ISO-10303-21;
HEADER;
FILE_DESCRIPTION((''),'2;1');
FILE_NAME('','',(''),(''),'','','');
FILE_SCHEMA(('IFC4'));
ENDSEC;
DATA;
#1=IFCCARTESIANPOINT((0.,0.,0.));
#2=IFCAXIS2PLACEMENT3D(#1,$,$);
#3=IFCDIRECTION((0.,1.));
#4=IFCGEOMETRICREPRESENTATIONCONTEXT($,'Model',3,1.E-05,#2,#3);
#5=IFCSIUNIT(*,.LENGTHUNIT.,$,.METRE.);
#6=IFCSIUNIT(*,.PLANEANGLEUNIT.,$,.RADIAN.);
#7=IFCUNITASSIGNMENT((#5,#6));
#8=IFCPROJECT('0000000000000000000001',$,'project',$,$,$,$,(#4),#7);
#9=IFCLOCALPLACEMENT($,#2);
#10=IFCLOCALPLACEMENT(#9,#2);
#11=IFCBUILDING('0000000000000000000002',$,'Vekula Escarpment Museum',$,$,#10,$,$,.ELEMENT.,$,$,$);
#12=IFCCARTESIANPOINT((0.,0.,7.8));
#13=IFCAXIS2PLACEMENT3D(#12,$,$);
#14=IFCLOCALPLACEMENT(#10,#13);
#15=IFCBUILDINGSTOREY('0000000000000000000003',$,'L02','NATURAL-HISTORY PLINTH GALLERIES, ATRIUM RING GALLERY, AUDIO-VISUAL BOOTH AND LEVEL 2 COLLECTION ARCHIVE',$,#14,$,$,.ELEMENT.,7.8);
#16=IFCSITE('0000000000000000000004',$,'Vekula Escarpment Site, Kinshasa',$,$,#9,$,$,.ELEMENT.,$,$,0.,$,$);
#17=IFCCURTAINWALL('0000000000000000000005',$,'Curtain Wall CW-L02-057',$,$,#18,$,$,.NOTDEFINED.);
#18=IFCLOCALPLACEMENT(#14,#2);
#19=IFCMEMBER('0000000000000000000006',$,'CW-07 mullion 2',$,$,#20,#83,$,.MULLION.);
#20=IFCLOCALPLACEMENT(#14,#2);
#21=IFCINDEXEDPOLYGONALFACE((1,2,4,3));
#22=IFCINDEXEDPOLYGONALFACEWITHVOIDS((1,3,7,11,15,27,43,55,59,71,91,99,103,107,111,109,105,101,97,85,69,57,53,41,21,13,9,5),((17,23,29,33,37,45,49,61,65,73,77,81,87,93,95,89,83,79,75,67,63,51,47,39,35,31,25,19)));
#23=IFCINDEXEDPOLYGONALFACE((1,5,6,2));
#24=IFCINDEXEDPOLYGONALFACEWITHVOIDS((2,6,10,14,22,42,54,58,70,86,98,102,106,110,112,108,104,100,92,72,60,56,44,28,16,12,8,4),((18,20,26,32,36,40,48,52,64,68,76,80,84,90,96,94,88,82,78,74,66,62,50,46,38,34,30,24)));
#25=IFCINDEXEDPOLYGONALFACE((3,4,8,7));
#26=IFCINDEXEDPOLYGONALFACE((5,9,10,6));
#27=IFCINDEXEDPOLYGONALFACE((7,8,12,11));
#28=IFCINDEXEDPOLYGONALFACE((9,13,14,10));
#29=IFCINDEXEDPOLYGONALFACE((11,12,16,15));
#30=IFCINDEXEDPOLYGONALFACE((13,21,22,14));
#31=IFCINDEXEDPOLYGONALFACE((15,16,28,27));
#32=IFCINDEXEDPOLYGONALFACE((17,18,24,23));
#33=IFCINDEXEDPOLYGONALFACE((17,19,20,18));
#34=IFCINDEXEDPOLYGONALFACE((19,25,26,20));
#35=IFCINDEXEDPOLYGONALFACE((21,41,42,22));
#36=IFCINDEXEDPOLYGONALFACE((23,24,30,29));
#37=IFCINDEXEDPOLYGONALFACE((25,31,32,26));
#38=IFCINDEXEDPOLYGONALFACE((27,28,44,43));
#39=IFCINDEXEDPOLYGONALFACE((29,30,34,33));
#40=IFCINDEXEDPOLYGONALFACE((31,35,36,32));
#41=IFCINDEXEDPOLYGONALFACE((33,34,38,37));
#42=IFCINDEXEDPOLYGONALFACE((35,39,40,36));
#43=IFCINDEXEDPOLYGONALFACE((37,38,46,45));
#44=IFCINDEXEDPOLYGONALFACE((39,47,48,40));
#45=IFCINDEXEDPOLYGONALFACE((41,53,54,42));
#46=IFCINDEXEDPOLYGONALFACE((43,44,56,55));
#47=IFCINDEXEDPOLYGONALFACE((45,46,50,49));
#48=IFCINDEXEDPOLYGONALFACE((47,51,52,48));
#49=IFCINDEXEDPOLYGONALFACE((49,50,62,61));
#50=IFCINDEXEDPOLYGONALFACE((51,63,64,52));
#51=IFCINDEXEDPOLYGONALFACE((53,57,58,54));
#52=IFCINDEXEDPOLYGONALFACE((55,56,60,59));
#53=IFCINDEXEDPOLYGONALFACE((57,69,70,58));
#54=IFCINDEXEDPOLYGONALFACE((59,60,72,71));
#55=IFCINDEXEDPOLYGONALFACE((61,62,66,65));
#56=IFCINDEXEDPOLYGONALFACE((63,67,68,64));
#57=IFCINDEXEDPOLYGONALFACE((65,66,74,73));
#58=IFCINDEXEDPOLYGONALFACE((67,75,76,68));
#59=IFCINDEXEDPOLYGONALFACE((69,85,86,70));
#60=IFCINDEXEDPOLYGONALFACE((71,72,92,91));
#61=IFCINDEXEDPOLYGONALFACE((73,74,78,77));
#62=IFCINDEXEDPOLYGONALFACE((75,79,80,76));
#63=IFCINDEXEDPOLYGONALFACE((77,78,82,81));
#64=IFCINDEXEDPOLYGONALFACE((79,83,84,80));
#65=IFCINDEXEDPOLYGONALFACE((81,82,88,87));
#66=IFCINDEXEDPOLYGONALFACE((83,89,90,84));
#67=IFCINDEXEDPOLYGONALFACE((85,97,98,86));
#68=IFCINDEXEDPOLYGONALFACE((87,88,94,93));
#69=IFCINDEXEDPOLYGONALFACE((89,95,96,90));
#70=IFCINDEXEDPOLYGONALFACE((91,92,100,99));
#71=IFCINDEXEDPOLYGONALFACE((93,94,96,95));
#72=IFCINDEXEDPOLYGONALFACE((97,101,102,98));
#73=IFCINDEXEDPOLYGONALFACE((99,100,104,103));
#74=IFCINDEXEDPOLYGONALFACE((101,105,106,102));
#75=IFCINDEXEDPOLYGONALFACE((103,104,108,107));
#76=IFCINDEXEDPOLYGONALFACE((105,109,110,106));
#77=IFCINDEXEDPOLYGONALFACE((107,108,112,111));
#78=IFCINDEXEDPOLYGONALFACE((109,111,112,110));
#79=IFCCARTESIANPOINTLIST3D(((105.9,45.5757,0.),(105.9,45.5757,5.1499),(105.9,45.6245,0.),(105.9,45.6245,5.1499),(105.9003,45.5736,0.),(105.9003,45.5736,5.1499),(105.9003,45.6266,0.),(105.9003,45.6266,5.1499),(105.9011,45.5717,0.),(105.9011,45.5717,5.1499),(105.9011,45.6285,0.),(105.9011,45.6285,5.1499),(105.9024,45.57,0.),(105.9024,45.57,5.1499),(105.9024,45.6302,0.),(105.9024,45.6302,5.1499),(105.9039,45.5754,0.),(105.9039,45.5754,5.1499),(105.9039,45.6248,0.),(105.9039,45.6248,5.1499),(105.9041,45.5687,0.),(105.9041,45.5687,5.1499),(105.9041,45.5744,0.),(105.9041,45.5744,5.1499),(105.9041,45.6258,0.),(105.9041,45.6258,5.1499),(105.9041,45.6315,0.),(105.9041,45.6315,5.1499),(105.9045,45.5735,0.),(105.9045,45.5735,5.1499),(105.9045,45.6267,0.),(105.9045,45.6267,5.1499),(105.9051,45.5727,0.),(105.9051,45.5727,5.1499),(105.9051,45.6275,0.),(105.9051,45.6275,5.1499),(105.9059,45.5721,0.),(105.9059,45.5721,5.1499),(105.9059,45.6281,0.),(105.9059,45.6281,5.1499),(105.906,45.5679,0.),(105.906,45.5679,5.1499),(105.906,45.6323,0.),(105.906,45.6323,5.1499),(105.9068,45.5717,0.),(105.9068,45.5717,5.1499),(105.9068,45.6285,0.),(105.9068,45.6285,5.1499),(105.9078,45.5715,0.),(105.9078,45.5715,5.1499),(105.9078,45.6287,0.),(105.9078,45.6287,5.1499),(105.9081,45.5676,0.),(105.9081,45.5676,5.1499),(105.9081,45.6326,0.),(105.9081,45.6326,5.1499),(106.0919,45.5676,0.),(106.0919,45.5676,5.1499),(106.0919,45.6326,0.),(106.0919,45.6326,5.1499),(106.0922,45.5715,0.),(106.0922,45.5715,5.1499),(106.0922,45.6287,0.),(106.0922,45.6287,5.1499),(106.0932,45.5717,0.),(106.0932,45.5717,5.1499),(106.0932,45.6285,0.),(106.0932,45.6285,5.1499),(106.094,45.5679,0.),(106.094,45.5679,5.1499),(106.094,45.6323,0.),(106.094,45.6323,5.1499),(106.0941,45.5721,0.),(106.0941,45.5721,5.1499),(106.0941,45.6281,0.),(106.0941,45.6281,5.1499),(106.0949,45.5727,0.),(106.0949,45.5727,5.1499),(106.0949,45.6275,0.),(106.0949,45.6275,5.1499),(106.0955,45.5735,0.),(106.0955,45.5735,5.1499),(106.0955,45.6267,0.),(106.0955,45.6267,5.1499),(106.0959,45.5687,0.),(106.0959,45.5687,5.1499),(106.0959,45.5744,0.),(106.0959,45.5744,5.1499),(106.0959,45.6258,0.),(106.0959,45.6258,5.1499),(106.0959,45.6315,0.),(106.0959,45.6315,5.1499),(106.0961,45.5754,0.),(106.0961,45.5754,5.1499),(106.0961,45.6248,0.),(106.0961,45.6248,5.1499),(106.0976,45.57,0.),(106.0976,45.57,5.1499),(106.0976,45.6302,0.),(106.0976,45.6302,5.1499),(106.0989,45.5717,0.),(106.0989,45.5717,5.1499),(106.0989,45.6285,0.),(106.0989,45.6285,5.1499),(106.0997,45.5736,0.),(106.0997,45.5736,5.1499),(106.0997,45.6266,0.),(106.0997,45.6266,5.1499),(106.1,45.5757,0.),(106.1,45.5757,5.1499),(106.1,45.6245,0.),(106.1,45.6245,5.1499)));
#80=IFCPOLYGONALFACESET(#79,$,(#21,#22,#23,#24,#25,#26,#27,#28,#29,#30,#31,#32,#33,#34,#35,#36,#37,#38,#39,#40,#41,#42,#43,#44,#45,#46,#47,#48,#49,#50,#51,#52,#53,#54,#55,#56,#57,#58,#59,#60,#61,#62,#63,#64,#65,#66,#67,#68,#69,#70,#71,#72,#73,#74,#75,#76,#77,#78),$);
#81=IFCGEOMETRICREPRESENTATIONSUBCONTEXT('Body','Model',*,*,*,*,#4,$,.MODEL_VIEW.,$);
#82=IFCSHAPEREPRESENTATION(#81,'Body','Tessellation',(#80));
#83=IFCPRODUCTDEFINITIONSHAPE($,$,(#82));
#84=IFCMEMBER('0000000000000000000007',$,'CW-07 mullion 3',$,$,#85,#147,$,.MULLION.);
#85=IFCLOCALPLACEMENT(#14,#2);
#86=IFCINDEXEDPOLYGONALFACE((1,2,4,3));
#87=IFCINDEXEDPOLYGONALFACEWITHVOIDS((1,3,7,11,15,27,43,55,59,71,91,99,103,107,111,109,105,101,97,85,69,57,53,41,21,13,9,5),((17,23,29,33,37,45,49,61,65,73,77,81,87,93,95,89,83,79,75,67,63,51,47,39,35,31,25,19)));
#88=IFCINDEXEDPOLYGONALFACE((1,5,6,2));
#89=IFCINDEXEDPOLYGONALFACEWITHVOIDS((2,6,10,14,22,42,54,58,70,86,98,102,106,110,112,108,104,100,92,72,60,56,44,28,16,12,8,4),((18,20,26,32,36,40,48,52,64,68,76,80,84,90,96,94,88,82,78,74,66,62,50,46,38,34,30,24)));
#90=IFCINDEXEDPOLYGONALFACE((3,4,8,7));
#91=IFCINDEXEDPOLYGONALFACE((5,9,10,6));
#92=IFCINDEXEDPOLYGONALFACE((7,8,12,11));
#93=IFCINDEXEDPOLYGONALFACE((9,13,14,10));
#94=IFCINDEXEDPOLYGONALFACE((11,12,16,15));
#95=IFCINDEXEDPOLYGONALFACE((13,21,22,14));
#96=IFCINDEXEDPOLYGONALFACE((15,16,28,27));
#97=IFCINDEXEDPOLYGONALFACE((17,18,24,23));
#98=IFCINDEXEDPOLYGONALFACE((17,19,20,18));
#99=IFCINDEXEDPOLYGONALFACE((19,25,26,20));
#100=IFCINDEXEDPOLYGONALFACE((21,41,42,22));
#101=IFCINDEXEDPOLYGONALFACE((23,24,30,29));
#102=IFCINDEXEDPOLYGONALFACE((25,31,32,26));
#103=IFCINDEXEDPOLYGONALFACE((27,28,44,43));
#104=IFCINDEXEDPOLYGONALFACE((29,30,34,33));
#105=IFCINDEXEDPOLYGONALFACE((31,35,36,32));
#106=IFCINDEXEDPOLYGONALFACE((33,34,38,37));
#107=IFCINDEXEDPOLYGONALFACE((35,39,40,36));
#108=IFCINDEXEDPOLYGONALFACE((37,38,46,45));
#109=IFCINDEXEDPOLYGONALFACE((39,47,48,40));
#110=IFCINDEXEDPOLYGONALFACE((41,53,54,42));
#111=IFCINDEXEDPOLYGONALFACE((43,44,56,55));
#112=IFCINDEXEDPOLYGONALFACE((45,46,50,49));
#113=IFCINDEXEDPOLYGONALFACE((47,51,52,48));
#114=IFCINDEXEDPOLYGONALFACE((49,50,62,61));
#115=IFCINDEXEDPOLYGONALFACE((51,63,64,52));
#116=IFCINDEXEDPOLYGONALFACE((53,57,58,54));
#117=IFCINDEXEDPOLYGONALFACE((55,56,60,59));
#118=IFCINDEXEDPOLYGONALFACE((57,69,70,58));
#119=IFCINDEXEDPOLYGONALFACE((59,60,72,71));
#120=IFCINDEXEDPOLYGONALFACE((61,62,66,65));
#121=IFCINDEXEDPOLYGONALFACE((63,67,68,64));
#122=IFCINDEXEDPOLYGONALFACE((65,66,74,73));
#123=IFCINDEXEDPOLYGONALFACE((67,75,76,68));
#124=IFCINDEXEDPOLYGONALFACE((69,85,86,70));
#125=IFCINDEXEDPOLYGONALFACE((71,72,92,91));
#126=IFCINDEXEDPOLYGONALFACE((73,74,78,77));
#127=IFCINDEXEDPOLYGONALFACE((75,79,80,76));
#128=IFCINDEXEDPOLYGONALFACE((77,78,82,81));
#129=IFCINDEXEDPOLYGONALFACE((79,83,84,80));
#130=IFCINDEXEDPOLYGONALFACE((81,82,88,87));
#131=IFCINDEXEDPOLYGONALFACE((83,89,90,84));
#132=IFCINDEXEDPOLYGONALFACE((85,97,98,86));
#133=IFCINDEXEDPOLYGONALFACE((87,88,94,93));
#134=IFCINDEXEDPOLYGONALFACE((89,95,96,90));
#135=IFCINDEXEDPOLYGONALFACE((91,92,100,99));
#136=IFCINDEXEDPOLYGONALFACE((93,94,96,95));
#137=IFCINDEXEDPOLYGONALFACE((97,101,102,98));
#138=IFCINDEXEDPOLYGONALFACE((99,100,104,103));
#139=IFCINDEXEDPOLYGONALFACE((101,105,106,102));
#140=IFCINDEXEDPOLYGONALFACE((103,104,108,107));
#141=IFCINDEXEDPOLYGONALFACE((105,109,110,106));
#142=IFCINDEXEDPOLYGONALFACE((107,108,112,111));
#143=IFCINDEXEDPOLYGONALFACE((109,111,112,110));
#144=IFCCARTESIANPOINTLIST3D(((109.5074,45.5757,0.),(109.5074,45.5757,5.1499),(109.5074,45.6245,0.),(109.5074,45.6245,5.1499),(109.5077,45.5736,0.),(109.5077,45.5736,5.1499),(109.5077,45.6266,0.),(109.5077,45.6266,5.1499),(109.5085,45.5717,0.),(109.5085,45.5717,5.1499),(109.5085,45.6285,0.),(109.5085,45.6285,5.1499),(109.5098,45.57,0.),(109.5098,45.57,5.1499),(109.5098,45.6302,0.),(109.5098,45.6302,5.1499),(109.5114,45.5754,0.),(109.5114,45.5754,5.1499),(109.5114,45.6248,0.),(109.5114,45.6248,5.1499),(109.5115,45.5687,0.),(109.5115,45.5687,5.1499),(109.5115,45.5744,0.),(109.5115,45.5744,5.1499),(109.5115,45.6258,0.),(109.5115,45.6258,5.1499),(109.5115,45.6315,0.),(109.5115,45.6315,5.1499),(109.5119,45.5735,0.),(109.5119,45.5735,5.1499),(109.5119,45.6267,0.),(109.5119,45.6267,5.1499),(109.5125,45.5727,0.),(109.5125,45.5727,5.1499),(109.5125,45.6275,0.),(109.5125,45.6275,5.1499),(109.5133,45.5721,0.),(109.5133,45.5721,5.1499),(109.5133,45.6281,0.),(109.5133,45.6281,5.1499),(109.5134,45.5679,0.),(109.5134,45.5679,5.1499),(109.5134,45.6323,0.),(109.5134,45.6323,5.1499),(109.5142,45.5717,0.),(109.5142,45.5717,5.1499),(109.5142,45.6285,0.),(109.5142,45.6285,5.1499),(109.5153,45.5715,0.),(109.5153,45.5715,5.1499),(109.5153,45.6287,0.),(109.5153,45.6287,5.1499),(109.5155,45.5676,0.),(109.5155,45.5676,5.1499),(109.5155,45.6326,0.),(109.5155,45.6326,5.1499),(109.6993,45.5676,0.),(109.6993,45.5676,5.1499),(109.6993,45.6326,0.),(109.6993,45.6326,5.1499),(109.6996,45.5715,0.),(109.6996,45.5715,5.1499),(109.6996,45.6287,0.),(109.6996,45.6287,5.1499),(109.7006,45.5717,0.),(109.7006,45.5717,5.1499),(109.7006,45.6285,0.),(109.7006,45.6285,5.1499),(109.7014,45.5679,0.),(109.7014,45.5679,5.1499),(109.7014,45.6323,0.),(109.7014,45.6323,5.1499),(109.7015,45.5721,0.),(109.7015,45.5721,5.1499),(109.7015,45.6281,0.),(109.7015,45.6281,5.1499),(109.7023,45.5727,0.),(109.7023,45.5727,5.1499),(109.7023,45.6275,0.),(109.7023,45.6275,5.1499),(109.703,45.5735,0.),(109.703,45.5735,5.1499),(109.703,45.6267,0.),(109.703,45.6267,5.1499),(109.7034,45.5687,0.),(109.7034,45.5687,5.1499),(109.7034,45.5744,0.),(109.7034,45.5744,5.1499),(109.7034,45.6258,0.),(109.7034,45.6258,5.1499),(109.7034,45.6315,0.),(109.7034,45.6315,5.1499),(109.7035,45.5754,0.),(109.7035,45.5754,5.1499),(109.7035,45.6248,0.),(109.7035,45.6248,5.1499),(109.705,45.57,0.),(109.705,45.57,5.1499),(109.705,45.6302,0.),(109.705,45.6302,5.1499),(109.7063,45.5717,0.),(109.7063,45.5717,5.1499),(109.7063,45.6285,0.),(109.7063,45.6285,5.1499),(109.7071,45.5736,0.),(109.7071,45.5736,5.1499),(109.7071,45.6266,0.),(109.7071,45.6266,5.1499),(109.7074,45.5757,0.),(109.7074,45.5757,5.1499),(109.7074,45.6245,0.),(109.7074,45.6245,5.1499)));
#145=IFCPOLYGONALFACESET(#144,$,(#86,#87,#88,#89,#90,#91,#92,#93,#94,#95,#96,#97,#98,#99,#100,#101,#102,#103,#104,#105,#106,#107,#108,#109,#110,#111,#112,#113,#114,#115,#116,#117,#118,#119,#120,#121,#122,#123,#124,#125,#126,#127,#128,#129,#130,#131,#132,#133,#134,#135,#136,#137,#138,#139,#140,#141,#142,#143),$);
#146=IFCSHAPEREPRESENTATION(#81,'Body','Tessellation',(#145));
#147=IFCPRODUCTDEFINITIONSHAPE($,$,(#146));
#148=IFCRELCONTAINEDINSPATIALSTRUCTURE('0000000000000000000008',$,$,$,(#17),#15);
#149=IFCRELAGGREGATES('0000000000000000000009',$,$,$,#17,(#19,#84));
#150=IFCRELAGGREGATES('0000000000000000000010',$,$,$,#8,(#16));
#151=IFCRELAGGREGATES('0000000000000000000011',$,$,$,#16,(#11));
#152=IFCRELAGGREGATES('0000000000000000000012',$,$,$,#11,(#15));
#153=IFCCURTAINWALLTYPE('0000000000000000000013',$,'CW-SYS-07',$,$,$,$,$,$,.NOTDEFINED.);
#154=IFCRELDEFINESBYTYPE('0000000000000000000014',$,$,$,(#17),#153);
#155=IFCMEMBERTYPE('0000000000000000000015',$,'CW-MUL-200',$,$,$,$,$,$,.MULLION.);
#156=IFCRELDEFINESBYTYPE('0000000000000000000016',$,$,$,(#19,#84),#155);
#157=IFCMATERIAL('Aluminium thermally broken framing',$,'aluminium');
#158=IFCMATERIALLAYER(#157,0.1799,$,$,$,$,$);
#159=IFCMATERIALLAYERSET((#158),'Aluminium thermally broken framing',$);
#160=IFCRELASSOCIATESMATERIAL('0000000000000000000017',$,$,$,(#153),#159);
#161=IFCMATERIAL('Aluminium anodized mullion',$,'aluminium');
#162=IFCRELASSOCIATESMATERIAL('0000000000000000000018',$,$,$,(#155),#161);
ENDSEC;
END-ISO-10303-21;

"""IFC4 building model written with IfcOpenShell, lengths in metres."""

from ifc_helpers import new_model, si_unit, direction, frame, origin, origin_2d, place, context, subcontext, project, spatial, hollow_rectangle, extrude, material, layer, layer_set, material_profile, profile_set, type_object, element, aggregate, save


model = new_model("IFC4")

# Units and contexts
model_context = context("Model", 3, precision=1e-05, world=origin(), true_north=direction((0.0, 1.0)))
body_context = subcontext(model_context, "Body", "Model", "MODEL_VIEW")
ifc_project = project(units=[si_unit("LENGTHUNIT", "METRE"), si_unit("PLANEANGLEUNIT", "RADIAN")], contexts=[model_context])

# Site, building, storey
site_placement = place(None, origin())
site = spatial("IfcSite", under=ifc_project, at=site_placement, Name="Vekula Escarpment Site, Kinshasa", CompositionType="ELEMENT", RefElevation=0.0)
building_placement = place(site_placement, origin())
building = spatial("IfcBuilding", under=site, at=building_placement, Name="Vekula Escarpment Museum", CompositionType="ELEMENT")
storey_placement = place(building_placement, frame((0.0, 0.0, 7.8)))
storey = spatial("IfcBuildingStorey", under=building, at=storey_placement, Name="L02", Description="NATURAL-HISTORY PLINTH GALLERIES, ATRIUM RING GALLERY, AUDIO-VISUAL BOOTH AND LEVEL 2 COLLECTION ARCHIVE", CompositionType="ELEMENT", Elevation=7.8)

# Curtain wall, members
ifc_material_1 = material(Name="Aluminium thermally broken framing", Category="aluminium")
ifc_layer_1 = layer(ifc_material_1, 0.1799)
ifc_layer_set_1 = layer_set([ifc_layer_1], Name="Aluminium thermally broken framing")
curtain_wall_type = type_object("IfcCurtainWallType", Name="CW-SYS-07", PredefinedType="NOTDEFINED", material=ifc_layer_set_1)
curtain_wall_placement = place(storey_placement, origin())
curtain_wall = element("IfcCurtainWall", 1, at=curtain_wall_placement, inside=storey, type_object=curtain_wall_type, Name="Curtain Wall CW-L02-057", PredefinedType="NOTDEFINED")
ifc_material_2 = material(Name="Aluminium anodized mullion", Category="aluminium")
ifc_material_profile_1 = material_profile(ifc_material_2, hollow_rectangle(XDim=0.0649, YDim=0.2, WallThickness=0.0039, InnerFilletRadius=0.0039, OuterFilletRadius=0.0081, at=origin_2d()), Name="ALU 200x65x4")
ifc_profile_set_1 = profile_set([ifc_material_profile_1], Name="Aluminium anodized mullion")
member_type_1 = type_object("IfcMemberType", Name="CW-MUL-200", PredefinedType="MULLION", material=ifc_profile_set_1)
member_1_placement = place(storey_placement, frame((106.0, 45.6001, 0.0), z_axis=(0.0, 0.0, 1.0), x_axis=(0.0, 1.0, 0.0)))
member_1 = element("IfcMember", 2, at=member_1_placement, type_object=member_type_1, Name="CW-07 mullion 2", PredefinedType="MULLION", context=body_context, shape_type="SweptSolid", body=[
    extrude(hollow_rectangle(XDim=0.0649, YDim=0.2, WallThickness=0.0039, InnerFilletRadius=0.0039, OuterFilletRadius=0.0081, at=origin_2d()), origin(), (0.0, 0.0, 1.0), 5.1499),
])
member_2_placement = place(storey_placement, frame((109.6074, 45.6001, 0.0), z_axis=(0.0, 0.0, 1.0), x_axis=(0.0, 1.0, 0.0)))
member_2 = element("IfcMember", 3, at=member_2_placement, type_object=member_type_1, Name="CW-07 mullion 3", PredefinedType="MULLION", context=body_context, shape_type="SweptSolid", body=[
    extrude(hollow_rectangle(XDim=0.0649, YDim=0.2, WallThickness=0.0039, InnerFilletRadius=0.0039, OuterFilletRadius=0.0081, at=origin_2d()), origin(), (0.0, 0.0, 1.0), 5.1499),
])

aggregate(curtain_wall, [member_1, member_2])

save(model, "model.ifc")
